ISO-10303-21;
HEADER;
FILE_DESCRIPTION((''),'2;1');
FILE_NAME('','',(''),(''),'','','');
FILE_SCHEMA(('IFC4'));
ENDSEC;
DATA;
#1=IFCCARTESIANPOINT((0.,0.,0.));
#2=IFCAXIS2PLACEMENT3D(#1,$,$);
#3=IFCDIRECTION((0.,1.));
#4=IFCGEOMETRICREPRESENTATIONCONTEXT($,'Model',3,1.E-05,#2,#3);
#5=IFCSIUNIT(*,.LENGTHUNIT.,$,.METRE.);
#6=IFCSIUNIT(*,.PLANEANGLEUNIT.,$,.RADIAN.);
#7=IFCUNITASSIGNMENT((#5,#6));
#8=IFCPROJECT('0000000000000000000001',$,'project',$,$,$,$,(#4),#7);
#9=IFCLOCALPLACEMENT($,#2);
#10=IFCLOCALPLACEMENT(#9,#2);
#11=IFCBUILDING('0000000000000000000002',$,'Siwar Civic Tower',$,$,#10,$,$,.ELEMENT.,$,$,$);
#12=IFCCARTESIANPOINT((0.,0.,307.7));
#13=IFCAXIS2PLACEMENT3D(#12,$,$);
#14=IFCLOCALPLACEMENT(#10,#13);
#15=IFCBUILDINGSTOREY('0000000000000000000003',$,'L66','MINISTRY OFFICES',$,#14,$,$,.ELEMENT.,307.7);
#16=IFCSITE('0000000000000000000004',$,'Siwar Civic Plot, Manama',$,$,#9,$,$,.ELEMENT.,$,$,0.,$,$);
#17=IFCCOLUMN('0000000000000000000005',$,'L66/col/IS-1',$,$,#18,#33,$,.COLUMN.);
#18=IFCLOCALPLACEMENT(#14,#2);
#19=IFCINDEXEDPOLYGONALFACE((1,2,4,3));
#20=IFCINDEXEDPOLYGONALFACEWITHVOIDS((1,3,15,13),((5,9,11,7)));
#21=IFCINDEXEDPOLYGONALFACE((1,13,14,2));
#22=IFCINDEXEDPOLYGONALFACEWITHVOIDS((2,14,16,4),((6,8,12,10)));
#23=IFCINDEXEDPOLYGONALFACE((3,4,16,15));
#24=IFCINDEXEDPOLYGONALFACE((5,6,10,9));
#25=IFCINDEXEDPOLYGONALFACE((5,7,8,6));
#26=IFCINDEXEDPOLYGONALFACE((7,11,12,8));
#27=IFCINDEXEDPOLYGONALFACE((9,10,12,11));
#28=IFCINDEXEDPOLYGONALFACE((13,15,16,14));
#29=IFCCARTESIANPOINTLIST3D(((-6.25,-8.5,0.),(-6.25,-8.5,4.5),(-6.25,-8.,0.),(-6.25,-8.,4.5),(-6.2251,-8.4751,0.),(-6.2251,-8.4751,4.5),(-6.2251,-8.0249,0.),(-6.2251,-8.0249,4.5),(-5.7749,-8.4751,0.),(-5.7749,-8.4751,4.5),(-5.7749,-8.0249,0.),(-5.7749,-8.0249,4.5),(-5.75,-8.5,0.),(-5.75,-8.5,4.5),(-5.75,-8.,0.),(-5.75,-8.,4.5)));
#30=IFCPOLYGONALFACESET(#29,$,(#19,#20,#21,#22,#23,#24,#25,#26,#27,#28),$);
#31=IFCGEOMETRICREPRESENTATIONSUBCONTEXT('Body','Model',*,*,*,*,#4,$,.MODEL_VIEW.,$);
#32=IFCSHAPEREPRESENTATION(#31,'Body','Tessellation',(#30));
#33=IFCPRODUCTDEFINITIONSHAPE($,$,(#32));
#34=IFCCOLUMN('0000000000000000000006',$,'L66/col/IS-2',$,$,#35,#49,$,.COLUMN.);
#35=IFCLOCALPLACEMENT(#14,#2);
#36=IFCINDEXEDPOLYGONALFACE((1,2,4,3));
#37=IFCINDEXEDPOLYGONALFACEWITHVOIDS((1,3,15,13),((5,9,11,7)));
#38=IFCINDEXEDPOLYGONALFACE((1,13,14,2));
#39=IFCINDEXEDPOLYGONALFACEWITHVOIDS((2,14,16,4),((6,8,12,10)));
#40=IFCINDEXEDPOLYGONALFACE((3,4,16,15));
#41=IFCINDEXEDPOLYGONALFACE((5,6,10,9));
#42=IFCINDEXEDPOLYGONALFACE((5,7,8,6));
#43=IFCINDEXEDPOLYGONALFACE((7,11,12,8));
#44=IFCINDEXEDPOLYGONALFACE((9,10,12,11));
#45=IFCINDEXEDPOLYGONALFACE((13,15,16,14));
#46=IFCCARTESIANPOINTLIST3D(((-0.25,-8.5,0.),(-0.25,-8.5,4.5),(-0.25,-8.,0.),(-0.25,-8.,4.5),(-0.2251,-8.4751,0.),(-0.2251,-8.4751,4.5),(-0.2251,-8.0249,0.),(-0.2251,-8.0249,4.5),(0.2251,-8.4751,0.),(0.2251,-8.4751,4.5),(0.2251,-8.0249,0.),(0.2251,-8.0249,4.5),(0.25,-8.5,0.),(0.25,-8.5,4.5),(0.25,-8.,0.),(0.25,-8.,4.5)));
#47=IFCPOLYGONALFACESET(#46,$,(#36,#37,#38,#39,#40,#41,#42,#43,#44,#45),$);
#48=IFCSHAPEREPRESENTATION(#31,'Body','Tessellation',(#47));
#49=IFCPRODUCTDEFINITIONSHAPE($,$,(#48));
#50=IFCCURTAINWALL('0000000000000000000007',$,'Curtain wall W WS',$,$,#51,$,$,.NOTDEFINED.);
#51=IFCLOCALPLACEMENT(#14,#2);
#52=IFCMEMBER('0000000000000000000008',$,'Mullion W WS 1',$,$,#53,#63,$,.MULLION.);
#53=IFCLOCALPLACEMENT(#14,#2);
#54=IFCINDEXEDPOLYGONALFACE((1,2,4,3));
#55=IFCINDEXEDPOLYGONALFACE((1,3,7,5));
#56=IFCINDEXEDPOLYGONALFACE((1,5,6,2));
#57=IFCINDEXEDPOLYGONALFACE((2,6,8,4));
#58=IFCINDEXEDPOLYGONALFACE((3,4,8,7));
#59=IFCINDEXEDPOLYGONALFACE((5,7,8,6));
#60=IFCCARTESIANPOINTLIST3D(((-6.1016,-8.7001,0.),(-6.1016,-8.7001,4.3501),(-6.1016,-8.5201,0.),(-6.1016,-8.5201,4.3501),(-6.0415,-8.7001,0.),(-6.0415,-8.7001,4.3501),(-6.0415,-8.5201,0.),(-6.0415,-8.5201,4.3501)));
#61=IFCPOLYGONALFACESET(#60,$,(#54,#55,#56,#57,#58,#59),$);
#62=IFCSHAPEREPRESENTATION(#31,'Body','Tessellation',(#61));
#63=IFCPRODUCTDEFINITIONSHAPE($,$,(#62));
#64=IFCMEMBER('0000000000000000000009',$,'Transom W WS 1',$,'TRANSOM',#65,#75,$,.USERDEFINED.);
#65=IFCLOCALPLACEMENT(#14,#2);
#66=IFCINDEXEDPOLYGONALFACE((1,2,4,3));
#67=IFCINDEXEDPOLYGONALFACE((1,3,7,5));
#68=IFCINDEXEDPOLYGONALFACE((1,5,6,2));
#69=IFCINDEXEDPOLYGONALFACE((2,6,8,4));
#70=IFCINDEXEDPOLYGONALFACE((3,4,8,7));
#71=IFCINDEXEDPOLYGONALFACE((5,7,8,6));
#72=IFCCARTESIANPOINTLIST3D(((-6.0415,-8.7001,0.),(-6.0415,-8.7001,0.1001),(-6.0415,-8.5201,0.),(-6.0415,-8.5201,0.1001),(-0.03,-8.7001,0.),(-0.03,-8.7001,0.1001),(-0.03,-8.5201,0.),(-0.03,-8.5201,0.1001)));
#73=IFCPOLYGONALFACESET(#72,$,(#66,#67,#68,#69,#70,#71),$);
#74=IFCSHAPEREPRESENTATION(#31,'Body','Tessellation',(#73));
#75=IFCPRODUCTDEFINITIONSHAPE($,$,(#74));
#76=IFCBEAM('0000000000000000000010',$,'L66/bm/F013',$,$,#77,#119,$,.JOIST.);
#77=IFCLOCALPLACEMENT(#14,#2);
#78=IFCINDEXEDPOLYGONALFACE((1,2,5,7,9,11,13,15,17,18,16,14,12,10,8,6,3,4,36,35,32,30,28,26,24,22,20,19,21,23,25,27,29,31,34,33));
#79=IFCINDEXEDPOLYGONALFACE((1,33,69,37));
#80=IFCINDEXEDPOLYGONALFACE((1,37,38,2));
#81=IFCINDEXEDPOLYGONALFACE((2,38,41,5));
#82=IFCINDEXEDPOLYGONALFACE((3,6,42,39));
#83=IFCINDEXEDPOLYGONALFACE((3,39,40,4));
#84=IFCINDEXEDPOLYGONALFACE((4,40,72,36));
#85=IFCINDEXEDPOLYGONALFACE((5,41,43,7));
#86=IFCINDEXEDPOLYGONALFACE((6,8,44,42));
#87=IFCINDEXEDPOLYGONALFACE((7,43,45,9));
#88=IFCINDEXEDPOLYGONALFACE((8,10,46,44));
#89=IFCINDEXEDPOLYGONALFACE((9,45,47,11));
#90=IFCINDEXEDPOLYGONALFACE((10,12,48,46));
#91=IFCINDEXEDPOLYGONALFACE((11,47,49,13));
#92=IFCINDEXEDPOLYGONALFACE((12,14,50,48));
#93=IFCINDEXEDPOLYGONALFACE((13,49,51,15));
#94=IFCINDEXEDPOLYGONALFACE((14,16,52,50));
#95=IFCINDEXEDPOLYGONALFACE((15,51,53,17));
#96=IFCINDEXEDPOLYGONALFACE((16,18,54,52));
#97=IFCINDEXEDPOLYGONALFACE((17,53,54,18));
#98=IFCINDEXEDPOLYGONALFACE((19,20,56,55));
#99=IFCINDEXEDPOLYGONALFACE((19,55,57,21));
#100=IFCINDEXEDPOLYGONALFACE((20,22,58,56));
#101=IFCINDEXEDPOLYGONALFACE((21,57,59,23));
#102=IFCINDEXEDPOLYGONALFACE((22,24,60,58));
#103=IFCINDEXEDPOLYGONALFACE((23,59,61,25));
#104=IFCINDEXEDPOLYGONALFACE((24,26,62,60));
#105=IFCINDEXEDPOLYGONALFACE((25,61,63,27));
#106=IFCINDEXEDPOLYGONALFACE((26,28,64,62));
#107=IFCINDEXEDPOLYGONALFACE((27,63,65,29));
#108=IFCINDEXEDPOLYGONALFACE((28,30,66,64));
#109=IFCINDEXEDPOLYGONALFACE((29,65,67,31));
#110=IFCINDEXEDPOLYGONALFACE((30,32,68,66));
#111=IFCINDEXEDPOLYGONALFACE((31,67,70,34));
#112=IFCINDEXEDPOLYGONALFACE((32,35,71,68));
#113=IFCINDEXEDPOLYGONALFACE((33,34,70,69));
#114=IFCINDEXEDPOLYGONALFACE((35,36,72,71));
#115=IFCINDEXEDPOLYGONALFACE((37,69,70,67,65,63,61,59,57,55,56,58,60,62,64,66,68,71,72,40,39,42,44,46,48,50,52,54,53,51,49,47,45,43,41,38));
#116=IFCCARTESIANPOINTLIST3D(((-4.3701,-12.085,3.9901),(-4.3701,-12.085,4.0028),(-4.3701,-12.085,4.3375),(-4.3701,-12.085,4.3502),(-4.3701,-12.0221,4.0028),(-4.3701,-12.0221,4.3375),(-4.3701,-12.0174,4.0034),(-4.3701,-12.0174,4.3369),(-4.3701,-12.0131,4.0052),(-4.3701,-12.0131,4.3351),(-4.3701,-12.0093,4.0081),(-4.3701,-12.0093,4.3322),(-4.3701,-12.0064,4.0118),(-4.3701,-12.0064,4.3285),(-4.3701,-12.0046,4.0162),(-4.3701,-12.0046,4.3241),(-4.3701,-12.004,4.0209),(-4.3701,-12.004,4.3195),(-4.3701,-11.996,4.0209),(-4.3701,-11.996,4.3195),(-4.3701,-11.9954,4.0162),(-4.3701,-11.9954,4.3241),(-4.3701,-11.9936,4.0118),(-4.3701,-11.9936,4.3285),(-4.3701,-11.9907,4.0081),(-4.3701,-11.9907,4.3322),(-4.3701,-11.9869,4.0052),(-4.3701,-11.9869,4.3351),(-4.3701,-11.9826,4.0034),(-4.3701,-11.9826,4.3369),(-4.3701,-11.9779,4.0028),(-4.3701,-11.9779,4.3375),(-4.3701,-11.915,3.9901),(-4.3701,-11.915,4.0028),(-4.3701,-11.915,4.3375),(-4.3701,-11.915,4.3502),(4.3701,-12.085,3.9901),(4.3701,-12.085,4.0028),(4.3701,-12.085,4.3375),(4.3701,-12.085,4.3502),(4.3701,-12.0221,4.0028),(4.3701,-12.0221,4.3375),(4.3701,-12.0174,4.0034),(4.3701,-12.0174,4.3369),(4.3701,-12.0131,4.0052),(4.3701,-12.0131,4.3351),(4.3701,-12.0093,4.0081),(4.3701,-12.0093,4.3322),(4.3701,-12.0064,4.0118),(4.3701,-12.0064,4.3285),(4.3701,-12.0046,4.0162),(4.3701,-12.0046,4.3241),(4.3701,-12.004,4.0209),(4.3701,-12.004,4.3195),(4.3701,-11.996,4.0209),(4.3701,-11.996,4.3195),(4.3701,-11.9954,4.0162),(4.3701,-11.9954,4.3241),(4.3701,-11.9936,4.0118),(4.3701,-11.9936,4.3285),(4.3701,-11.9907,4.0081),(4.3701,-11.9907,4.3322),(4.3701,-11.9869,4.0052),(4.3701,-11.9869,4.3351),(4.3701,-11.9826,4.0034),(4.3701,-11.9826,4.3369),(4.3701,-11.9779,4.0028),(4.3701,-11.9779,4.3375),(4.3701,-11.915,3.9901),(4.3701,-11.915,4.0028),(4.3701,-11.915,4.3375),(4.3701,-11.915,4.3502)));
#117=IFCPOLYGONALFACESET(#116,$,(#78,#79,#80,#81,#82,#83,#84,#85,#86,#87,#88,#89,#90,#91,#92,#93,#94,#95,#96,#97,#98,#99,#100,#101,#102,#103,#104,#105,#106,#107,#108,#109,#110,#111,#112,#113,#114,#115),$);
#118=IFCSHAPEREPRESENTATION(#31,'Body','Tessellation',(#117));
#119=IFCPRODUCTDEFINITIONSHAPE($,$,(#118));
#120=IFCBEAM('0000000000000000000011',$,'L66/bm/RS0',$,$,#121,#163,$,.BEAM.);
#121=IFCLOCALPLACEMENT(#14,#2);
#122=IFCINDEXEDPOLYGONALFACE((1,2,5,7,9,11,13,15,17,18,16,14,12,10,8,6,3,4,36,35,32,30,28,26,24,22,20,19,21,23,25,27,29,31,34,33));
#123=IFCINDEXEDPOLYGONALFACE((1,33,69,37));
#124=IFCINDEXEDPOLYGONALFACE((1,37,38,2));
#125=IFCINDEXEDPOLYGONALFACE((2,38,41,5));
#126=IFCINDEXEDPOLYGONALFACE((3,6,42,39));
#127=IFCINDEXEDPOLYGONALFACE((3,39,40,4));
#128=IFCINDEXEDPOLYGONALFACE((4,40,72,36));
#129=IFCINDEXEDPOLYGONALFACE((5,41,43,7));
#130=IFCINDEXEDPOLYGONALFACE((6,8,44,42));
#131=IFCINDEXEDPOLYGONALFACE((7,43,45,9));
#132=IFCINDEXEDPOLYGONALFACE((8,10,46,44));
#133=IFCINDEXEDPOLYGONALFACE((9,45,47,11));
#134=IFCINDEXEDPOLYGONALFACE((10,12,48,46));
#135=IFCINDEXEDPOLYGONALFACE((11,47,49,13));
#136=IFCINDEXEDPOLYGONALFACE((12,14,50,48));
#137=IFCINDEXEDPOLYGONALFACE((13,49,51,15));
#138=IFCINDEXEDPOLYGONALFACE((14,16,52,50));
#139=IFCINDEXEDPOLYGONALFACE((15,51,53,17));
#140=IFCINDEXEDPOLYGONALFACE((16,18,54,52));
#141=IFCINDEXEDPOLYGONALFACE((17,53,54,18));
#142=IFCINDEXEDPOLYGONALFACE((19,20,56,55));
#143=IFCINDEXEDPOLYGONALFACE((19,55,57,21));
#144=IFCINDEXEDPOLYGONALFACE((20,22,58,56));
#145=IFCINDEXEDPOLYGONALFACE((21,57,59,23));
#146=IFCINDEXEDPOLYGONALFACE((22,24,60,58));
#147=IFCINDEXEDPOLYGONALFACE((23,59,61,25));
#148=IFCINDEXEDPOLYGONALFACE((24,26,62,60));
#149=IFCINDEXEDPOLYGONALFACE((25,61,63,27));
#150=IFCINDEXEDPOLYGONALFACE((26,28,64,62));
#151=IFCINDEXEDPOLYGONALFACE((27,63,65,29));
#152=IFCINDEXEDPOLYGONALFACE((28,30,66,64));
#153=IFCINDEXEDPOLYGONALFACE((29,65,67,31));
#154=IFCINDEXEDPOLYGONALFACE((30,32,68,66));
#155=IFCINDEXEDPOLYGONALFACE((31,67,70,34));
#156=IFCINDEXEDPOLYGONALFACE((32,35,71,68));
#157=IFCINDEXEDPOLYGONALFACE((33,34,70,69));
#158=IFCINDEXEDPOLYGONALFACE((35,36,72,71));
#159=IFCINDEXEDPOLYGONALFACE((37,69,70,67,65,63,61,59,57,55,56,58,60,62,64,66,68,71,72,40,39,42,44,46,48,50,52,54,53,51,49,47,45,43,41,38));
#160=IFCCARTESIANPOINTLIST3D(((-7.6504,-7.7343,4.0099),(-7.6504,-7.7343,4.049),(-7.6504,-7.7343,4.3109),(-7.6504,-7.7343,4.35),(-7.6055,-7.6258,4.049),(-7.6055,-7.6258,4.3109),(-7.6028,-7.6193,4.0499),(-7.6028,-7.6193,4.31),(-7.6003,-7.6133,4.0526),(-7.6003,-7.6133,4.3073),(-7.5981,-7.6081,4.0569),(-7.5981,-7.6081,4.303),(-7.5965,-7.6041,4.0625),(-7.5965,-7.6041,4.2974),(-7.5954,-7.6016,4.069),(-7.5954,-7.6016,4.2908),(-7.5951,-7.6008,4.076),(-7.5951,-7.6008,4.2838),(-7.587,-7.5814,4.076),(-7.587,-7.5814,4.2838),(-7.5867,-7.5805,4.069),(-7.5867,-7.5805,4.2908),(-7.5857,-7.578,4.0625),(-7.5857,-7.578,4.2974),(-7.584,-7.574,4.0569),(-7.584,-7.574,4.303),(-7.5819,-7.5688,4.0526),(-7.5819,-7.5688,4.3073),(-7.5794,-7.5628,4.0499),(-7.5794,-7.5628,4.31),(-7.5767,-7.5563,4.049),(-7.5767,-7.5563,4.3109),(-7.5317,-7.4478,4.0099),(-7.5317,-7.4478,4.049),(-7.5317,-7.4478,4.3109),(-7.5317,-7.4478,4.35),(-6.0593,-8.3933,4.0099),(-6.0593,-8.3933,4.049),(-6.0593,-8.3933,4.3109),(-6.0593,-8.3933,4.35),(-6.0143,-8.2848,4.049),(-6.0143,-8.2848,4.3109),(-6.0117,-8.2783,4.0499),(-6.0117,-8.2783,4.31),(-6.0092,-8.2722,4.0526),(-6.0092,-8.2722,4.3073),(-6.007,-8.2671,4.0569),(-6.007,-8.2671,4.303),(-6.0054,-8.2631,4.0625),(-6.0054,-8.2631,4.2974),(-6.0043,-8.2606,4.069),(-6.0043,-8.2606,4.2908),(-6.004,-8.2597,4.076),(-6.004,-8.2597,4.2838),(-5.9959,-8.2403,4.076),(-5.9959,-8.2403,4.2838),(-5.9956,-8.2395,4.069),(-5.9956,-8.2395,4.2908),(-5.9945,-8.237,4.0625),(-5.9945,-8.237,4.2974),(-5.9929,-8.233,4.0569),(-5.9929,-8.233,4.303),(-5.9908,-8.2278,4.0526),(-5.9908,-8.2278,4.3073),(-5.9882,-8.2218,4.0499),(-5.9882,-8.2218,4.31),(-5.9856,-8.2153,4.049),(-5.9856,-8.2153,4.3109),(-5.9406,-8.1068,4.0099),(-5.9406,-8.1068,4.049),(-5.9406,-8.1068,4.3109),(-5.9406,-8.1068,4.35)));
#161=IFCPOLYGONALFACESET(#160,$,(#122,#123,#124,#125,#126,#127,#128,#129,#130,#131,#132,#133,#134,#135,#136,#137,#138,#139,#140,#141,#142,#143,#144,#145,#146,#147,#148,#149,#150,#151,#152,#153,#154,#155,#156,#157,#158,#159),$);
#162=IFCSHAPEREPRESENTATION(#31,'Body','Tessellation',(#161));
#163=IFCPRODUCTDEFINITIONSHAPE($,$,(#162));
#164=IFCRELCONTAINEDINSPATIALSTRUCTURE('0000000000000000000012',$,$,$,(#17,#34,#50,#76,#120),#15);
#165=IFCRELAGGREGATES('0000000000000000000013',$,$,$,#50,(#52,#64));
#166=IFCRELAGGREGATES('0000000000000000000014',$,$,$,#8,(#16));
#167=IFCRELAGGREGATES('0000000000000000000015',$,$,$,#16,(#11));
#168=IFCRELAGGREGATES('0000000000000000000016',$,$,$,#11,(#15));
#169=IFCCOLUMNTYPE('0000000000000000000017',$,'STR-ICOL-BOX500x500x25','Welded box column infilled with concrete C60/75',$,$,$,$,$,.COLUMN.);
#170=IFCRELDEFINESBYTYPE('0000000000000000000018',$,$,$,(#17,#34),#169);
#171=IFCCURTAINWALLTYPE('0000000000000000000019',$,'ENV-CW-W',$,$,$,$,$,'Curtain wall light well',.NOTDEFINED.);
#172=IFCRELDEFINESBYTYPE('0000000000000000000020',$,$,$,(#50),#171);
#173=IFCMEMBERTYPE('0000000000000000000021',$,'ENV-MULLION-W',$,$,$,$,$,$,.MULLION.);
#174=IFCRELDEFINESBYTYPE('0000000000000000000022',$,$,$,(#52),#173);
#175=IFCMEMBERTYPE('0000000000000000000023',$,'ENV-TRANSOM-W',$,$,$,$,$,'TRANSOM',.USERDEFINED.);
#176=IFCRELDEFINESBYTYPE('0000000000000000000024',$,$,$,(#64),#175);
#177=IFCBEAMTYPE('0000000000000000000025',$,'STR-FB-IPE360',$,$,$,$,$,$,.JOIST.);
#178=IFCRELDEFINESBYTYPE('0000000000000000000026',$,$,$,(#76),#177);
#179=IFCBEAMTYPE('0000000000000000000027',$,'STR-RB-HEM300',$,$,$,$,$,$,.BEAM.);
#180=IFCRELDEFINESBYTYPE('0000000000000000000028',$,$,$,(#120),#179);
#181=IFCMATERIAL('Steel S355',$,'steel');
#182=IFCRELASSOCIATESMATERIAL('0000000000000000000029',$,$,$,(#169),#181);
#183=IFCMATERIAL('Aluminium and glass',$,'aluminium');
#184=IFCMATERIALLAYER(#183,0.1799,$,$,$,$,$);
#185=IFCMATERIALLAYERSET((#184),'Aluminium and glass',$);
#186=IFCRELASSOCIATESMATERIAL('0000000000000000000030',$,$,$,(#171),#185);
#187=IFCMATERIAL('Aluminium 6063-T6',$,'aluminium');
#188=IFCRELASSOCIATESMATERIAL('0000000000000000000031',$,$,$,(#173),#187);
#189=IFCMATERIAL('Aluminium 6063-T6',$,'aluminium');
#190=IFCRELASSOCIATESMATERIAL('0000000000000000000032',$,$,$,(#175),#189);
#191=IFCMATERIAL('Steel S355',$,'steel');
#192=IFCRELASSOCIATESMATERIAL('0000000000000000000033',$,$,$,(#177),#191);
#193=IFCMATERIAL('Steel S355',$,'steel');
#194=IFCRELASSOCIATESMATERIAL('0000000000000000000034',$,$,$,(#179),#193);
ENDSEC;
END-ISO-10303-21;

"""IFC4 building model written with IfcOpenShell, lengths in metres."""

from ifc_helpers import new_model, si_unit, direction, frame, origin, origin_2d, place, context, subcontext, project, spatial, rectangle, hollow_rectangle, i_section, extrude, material, layer, layer_set, material_profile, profile_set, type_object, element, aggregate, save


model = new_model("IFC4")

# Units and contexts
model_context = context("Model", 3, precision=1e-05, world=origin(), true_north=direction((0.0, 1.0)))
body_context = subcontext(model_context, "Body", "Model", "MODEL_VIEW")
ifc_project = project(units=[si_unit("LENGTHUNIT", "METRE"), si_unit("PLANEANGLEUNIT", "RADIAN")], contexts=[model_context])

# Site, building, storey
site_placement = place(None, origin())
site = spatial("IfcSite", under=ifc_project, at=site_placement, Name="Siwar Civic Plot, Manama", CompositionType="ELEMENT", RefElevation=0.0)
building_placement = place(site_placement, origin())
building = spatial("IfcBuilding", under=site, at=building_placement, Name="Siwar Civic Tower", CompositionType="ELEMENT")
storey_placement = place(building_placement, frame((0.0, 0.0, 307.7)))
storey = spatial("IfcBuildingStorey", under=building, at=storey_placement, Name="L66", Description="MINISTRY OFFICES", CompositionType="ELEMENT", Elevation=307.7)

# Columns
ifc_material_1 = material(Name="Steel S355", Category="steel")
ifc_material_profile_1 = material_profile(ifc_material_1, hollow_rectangle(XDim=0.5, YDim=0.5, WallThickness=0.0249, at=origin_2d()), Name="BOX500x500x25")
ifc_profile_set_1 = profile_set([ifc_material_profile_1], Name="Steel S355")
column_type = type_object("IfcColumnType", Name="STR-ICOL-BOX500x500x25", Description="Welded box column infilled with concrete C60/75", PredefinedType="COLUMN", material=ifc_profile_set_1)
for number, where, z_axis, x_axis, name in (
    (1, (-6.0, -8.25, 0.0), (0.0, 0.0, 1.0), (1.0, 0.0, 0.0), "L66/col/IS-1"),
    (2, (0.0, -8.25, 0.0), (0.0, 0.0, 1.0), (1.0, 0.0, 0.0), "L66/col/IS-2"),
):
    element("IfcColumn", number, at=place(storey_placement, frame(where, z_axis=z_axis, x_axis=x_axis)), inside=storey, type_object=column_type, Name=name, PredefinedType="COLUMN", context=body_context, shape_type="SweptSolid", body=[
        extrude(hollow_rectangle(XDim=0.5, YDim=0.5, WallThickness=0.0249, at=origin_2d()), origin(), (0.0, 0.0, 1.0), 4.5),
    ])

# Curtain wall, members
ifc_material_2 = material(Name="Aluminium and glass", Category="aluminium")
ifc_layer_1 = layer(ifc_material_2, 0.1799)
ifc_layer_set_1 = layer_set([ifc_layer_1], Name="Aluminium and glass")
curtain_wall_type = type_object("IfcCurtainWallType", Name="ENV-CW-W", ElementType="Curtain wall light well", PredefinedType="NOTDEFINED", material=ifc_layer_set_1)
curtain_wall_placement = place(storey_placement, origin())
curtain_wall = element("IfcCurtainWall", 3, at=curtain_wall_placement, inside=storey, type_object=curtain_wall_type, Name="Curtain wall W WS", PredefinedType="NOTDEFINED")
ifc_material_3 = material(Name="Aluminium 6063-T6", Category="aluminium")
ifc_material_profile_2 = material_profile(ifc_material_3, rectangle(XDim=0.1799, YDim=0.0601, at=origin_2d()), Name="AL 180x60")
ifc_profile_set_2 = profile_set([ifc_material_profile_2], Name="Aluminium 6063-T6")
member_type_1 = type_object("IfcMemberType", Name="ENV-MULLION-W", PredefinedType="MULLION", material=ifc_profile_set_2)
member_1_placement = place(storey_placement, frame((-6.0715, -8.6101, 0.0), z_axis=(0.0, 0.0, 1.0), x_axis=(0.0, 1.0, 0.0)))
member_1 = element("IfcMember", 4, at=member_1_placement, type_object=member_type_1, Name="Mullion W WS 1", PredefinedType="MULLION", context=body_context, shape_type="SweptSolid", body=[
    extrude(rectangle(XDim=0.1799, YDim=0.0601, at=origin_2d()), origin(), (0.0, 0.0, 1.0), 4.3501),
])
ifc_material_4 = material(Name="Aluminium 6063-T6", Category="aluminium")
ifc_material_profile_3 = material_profile(ifc_material_4, rectangle(XDim=0.1799, YDim=0.1001, at=origin_2d()), Name="AL 180x100")
ifc_profile_set_3 = profile_set([ifc_material_profile_3], Name="Aluminium 6063-T6")
member_type_2 = type_object("IfcMemberType", Name="ENV-TRANSOM-W", ElementType="TRANSOM", PredefinedType="USERDEFINED", material=ifc_profile_set_3)
member_2_placement = place(storey_placement, frame((-6.0415, -8.6101, 0.05), z_axis=(1.0, 0.0, 0.0), x_axis=(0.0, 1.0, 0.0)))
member_2 = element("IfcMember", 5, at=member_2_placement, type_object=member_type_2, Name="Transom W WS 1", ObjectType="TRANSOM", PredefinedType="USERDEFINED", context=body_context, shape_type="SweptSolid", body=[
    extrude(rectangle(XDim=0.1799, YDim=0.1001, at=origin_2d()), origin(), (0.0, 0.0, 1.0), 6.0115),
])

# Beams
ifc_material_5 = material(Name="Steel S355", Category="steel")
ifc_material_profile_4 = material_profile(ifc_material_5, i_section(OverallWidth=0.1699, OverallDepth=0.3601, WebThickness=0.0081, FlangeThickness=0.0127, FilletRadius=0.0181, at=origin_2d()), Name="IPE360")
ifc_profile_set_4 = profile_set([ifc_material_profile_4], Name="Steel S355")
beam_type_1 = type_object("IfcBeamType", Name="STR-FB-IPE360", PredefinedType="JOIST", material=ifc_profile_set_4)
beam_1_placement = place(storey_placement, frame((-4.3701, -12.0, 4.1702), z_axis=(1.0, 0.0, 0.0), x_axis=(0.0, 1.0, 0.0)))
element("IfcBeam", 6, at=beam_1_placement, inside=storey, type_object=beam_type_1, Name="L66/bm/F013", PredefinedType="JOIST", context=body_context, shape_type="SweptSolid", body=[
    extrude(i_section(OverallWidth=0.1699, OverallDepth=0.3601, WebThickness=0.0081, FlangeThickness=0.0127, FilletRadius=0.0181, at=origin_2d()), origin(), (0.0, 0.0, 1.0), 8.7402),
])
ifc_material_6 = material(Name="Steel S355", Category="steel")
ifc_material_profile_5 = material_profile(ifc_material_6, i_section(OverallWidth=0.3101, OverallDepth=0.3401, WebThickness=0.021, FlangeThickness=0.0391, FilletRadius=0.0271, at=origin_2d()), Name="HEM300")
ifc_profile_set_5 = profile_set([ifc_material_profile_5], Name="Steel S355")
beam_type_2 = type_object("IfcBeamType", Name="STR-RB-HEM300", PredefinedType="BEAM", material=ifc_profile_set_5)
beam_2_placement = place(storey_placement, frame((-7.5911, -7.5911, 4.1799), z_axis=(0.923901, -0.382631, 0.0), x_axis=(0.382631, 0.923901, 0.0)))
element("IfcBeam", 7, at=beam_2_placement, inside=storey, type_object=beam_type_2, Name="L66/bm/RS0", PredefinedType="BEAM", context=body_context, shape_type="SweptSolid", body=[
    extrude(i_section(OverallWidth=0.3101, OverallDepth=0.3401, WebThickness=0.021, FlangeThickness=0.0391, FilletRadius=0.0271, at=origin_2d()), origin(), (0.0, 0.0, 1.0), 1.7222),
])

aggregate(curtain_wall, [member_1, member_2])

save(model, "model.ifc")
